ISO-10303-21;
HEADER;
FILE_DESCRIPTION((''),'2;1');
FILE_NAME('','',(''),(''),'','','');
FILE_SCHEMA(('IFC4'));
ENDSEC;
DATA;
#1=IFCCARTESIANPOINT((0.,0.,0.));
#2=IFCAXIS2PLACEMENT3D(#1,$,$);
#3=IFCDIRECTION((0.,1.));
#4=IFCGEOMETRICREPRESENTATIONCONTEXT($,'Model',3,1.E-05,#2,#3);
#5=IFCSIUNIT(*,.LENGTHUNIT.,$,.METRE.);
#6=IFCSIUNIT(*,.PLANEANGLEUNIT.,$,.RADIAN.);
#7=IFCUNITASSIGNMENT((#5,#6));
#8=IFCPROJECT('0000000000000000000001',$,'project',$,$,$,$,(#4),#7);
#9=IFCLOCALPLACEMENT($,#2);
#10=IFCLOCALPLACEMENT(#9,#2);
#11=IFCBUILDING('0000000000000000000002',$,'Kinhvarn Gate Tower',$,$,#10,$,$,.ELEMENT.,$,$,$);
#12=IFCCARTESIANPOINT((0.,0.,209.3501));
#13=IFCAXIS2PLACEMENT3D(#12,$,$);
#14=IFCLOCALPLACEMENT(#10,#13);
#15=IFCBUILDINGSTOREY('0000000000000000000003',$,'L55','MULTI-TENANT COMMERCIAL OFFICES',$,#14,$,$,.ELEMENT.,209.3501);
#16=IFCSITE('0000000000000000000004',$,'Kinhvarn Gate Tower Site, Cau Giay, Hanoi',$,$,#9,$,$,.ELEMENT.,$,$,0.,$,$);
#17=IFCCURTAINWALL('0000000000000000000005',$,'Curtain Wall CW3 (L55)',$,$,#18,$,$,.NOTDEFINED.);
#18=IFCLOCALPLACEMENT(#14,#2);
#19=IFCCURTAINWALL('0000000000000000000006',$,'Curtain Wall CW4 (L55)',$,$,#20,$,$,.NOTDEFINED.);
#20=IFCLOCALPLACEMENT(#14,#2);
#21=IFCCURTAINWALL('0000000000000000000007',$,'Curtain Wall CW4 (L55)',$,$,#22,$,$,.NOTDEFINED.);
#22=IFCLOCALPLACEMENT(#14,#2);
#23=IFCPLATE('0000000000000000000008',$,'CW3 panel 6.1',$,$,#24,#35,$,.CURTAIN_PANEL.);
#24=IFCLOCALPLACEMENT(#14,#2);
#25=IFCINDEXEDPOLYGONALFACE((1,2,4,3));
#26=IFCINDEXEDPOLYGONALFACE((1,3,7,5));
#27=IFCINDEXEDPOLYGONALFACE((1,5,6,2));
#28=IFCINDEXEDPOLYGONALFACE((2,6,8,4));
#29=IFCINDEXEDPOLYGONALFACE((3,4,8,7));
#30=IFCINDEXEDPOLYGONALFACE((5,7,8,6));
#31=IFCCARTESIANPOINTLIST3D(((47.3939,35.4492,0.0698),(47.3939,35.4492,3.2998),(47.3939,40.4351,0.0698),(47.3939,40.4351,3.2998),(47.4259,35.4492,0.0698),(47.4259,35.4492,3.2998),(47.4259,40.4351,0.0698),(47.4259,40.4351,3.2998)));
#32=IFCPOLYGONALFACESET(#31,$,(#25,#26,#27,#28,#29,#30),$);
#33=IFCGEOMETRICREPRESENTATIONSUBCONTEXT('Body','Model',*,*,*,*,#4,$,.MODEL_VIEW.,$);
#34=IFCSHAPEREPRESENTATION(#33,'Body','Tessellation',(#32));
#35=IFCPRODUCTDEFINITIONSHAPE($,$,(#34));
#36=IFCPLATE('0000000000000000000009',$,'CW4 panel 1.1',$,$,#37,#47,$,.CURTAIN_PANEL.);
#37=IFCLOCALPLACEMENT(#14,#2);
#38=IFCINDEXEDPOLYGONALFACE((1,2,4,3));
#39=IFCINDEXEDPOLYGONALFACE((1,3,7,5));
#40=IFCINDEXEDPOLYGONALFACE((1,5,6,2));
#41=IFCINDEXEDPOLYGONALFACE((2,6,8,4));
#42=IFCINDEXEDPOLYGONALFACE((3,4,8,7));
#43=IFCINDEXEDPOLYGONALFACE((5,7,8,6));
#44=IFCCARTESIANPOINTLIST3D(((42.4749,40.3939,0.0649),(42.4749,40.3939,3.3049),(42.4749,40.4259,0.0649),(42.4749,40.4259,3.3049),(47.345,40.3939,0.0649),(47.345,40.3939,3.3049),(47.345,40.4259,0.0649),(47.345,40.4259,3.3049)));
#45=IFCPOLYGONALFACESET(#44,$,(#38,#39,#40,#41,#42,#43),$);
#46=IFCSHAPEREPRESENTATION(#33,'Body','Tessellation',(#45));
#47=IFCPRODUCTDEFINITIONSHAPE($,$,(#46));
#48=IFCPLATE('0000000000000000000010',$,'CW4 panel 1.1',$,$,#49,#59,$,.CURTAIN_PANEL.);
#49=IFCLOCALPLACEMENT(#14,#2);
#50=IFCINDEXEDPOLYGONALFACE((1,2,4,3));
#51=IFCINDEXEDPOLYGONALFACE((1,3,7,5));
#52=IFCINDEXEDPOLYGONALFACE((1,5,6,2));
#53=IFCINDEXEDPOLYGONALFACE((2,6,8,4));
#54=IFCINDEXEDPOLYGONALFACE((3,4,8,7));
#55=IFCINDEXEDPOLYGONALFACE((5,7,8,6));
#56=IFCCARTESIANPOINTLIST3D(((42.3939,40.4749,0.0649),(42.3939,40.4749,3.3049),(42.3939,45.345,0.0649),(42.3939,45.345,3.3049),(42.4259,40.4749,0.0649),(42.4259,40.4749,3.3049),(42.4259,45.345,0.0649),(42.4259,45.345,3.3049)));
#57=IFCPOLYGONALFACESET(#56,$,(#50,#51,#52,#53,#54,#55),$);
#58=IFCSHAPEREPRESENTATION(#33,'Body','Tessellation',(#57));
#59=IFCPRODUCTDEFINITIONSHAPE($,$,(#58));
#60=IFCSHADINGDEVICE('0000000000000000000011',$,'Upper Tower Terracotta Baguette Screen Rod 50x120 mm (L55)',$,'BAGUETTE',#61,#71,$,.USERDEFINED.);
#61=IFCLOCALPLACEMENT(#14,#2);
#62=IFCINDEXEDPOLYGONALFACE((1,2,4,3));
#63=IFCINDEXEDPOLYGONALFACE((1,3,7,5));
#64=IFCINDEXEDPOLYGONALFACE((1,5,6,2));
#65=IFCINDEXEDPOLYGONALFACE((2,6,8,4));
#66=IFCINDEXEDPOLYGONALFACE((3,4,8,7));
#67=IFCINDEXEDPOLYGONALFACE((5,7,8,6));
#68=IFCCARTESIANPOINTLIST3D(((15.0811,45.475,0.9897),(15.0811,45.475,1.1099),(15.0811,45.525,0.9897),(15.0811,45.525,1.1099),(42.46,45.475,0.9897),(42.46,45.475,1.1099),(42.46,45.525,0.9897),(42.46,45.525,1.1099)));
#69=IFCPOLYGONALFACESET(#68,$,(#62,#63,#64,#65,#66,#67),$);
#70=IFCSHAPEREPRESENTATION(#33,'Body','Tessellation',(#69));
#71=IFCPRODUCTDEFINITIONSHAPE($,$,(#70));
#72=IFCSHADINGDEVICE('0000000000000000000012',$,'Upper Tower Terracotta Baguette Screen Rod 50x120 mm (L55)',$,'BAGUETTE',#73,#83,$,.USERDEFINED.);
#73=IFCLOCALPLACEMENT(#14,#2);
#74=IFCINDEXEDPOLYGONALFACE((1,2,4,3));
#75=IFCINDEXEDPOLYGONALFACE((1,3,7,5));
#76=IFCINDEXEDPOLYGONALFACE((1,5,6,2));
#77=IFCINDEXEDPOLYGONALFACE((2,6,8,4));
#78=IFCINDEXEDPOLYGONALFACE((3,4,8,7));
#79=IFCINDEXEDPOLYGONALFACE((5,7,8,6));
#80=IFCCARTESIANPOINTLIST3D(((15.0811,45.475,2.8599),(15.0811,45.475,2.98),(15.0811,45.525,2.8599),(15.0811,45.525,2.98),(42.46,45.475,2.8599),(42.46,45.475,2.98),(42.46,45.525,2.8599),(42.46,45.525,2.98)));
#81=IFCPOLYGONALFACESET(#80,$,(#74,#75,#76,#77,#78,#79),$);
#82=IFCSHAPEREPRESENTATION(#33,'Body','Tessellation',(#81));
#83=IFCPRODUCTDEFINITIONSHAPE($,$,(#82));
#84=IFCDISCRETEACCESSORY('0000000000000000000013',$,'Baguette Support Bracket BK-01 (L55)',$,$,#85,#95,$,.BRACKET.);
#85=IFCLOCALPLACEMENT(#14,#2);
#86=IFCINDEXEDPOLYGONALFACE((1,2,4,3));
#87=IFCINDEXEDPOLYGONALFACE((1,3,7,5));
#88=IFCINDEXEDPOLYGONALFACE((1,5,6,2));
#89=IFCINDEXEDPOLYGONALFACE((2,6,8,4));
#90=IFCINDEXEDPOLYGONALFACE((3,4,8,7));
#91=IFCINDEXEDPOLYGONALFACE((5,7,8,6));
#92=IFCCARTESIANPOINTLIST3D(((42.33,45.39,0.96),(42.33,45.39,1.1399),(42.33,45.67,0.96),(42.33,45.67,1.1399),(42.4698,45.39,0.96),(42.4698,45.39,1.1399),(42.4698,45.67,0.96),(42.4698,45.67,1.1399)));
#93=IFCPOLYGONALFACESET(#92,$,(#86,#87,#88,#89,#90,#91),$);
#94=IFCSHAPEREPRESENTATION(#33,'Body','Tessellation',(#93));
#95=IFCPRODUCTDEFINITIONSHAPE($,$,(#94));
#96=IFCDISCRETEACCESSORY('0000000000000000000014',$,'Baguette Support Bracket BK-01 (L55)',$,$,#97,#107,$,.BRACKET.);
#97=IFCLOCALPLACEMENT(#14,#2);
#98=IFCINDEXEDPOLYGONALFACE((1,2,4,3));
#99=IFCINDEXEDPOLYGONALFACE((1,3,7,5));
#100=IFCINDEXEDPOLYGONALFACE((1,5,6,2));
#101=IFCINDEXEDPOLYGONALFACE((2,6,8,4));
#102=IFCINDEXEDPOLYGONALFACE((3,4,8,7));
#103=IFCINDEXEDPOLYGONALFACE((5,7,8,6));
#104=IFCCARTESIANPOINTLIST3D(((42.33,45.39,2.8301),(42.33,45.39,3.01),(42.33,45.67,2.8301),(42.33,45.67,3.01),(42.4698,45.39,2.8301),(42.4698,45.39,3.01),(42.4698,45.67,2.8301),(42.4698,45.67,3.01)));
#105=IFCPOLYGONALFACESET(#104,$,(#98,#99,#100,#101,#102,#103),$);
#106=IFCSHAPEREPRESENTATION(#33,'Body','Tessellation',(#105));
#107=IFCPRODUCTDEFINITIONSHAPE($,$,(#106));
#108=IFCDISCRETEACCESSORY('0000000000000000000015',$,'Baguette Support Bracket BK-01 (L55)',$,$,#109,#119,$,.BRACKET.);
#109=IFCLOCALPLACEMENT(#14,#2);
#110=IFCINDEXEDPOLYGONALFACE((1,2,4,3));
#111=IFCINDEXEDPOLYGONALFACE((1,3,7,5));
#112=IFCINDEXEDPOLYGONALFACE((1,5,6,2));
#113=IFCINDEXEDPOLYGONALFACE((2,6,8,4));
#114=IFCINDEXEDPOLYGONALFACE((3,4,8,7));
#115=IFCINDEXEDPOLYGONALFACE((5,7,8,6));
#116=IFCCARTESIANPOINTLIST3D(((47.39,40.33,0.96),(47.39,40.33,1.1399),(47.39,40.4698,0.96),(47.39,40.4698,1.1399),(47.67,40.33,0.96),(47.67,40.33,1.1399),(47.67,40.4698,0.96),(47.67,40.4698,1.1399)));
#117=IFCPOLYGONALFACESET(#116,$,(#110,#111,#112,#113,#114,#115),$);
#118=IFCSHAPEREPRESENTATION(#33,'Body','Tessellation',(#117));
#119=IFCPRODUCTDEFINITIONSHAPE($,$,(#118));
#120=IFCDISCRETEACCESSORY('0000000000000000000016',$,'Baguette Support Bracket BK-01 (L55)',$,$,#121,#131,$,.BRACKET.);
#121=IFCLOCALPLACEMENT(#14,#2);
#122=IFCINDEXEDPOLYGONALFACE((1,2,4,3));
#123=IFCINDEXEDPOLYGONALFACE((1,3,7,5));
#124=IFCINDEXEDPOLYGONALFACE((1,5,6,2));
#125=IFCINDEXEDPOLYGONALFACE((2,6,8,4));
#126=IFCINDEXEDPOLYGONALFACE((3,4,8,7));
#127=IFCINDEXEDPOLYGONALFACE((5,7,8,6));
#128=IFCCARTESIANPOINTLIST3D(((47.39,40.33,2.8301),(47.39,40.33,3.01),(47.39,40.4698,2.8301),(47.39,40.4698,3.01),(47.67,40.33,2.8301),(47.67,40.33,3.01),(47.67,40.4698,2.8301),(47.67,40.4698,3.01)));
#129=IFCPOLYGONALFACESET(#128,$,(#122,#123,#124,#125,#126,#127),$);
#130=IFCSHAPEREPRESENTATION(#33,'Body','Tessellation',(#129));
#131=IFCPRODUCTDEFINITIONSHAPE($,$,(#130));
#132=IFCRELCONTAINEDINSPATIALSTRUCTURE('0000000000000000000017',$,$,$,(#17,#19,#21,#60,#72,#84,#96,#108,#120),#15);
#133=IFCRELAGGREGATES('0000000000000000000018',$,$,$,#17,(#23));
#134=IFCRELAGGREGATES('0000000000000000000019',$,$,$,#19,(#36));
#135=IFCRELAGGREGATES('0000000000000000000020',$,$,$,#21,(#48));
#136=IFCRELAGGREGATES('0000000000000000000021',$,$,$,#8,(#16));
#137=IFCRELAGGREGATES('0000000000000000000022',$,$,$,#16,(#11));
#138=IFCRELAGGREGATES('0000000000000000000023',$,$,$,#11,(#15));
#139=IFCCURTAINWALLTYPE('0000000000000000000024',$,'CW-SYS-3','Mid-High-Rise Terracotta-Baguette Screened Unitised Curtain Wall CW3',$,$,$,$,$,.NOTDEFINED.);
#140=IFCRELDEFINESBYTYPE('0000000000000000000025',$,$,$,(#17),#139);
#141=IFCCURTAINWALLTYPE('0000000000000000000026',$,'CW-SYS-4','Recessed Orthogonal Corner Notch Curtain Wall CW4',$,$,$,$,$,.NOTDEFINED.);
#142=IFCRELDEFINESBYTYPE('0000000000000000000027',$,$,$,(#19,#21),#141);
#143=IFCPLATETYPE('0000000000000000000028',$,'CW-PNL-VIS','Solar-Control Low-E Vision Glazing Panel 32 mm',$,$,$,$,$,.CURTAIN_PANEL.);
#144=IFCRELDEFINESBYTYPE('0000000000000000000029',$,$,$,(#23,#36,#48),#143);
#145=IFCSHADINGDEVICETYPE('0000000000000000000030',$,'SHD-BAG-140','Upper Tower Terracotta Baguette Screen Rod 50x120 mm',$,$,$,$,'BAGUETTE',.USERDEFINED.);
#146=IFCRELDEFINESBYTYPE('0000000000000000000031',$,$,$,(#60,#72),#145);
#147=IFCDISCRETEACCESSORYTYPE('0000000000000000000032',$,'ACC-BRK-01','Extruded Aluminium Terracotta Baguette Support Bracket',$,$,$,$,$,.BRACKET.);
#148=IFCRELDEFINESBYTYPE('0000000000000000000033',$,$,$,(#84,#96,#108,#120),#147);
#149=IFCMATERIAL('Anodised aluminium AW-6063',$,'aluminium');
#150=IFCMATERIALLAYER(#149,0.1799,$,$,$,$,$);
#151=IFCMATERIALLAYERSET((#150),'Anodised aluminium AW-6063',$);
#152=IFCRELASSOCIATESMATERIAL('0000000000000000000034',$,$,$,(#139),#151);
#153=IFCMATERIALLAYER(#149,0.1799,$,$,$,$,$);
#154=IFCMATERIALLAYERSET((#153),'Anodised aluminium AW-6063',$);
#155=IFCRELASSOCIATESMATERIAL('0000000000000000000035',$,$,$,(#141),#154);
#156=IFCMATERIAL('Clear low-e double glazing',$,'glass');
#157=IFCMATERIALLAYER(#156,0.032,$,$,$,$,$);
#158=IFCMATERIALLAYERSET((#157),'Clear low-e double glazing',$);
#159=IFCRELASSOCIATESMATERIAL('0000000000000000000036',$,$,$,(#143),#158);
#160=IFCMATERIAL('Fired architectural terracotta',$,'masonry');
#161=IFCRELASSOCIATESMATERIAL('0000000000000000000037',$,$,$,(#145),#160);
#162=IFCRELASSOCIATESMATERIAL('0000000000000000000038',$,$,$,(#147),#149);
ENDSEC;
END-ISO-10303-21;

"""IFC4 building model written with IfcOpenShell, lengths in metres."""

from ifc_helpers import new_model, si_unit, direction, frame, origin, origin_2d, place, context, subcontext, project, spatial, rectangle, extrude, material, layer, layer_set, material_profile, profile_set, type_object, element, aggregate, save


model = new_model("IFC4")

# Units and contexts
model_context = context("Model", 3, precision=1e-05, world=origin(), true_north=direction((0.0, 1.0)))
body_context = subcontext(model_context, "Body", "Model", "MODEL_VIEW")
ifc_project = project(units=[si_unit("LENGTHUNIT", "METRE"), si_unit("PLANEANGLEUNIT", "RADIAN")], contexts=[model_context])

# Site, building, storey
site_placement = place(None, origin())
site = spatial("IfcSite", under=ifc_project, at=site_placement, Name="Kinhvarn Gate Tower Site, Cau Giay, Hanoi", CompositionType="ELEMENT", RefElevation=0.0)
building_placement = place(site_placement, origin())
building = spatial("IfcBuilding", under=site, at=building_placement, Name="Kinhvarn Gate Tower", CompositionType="ELEMENT")
storey_placement = place(building_placement, frame((0.0, 0.0, 209.3501)))
storey = spatial("IfcBuildingStorey", under=building, at=storey_placement, Name="L55", Description="MULTI-TENANT COMMERCIAL OFFICES", CompositionType="ELEMENT", Elevation=209.3501)

# Curtain wall
ifc_material_1 = material(Name="Anodised aluminium AW-6063", Category="aluminium")
ifc_layer_1 = layer(ifc_material_1, 0.1799)
ifc_layer_set_1 = layer_set([ifc_layer_1], Name="Anodised aluminium AW-6063")
curtain_wall_type_1 = type_object("IfcCurtainWallType", Name="CW-SYS-3", Description="Mid-High-Rise Terracotta-Baguette Screened Unitised Curtain Wall CW3", PredefinedType="NOTDEFINED", material=ifc_layer_set_1)
curtain_wall_1_placement = place(storey_placement, origin())
curtain_wall_1 = element("IfcCurtainWall", 1, at=curtain_wall_1_placement, inside=storey, type_object=curtain_wall_type_1, Name="Curtain Wall CW3 (L55)", PredefinedType="NOTDEFINED")

# Curtain walls
ifc_layer_2 = layer(ifc_material_1, 0.1799)
ifc_layer_set_2 = layer_set([ifc_layer_2], Name="Anodised aluminium AW-6063")
curtain_wall_type_2 = type_object("IfcCurtainWallType", Name="CW-SYS-4", Description="Recessed Orthogonal Corner Notch Curtain Wall CW4", PredefinedType="NOTDEFINED", material=ifc_layer_set_2)
curtain_wall_2_placement = place(storey_placement, origin())
curtain_wall_2 = element("IfcCurtainWall", 2, at=curtain_wall_2_placement, inside=storey, type_object=curtain_wall_type_2, Name="Curtain Wall CW4 (L55)", PredefinedType="NOTDEFINED")
curtain_wall_3_placement = place(storey_placement, origin())
curtain_wall_3 = element("IfcCurtainWall", 3, at=curtain_wall_3_placement, inside=storey, type_object=curtain_wall_type_2, Name="Curtain Wall CW4 (L55)", PredefinedType="NOTDEFINED")

# Plates
ifc_material_2 = material(Name="Clear low-e double glazing", Category="glass")
ifc_layer_3 = layer(ifc_material_2, 0.032)
ifc_layer_set_3 = layer_set([ifc_layer_3], Name="Clear low-e double glazing")
plate_type = type_object("IfcPlateType", Name="CW-PNL-VIS", Description="Solar-Control Low-E Vision Glazing Panel 32 mm", PredefinedType="CURTAIN_PANEL", material=ifc_layer_set_3)
plate_1_placement = place(storey_placement, frame((47.4099, 37.9421, 0.0698), z_axis=(0.0, 0.0, 1.0), x_axis=(0.0, 1.0, 0.0)))
plate_1 = element("IfcPlate", 4, at=plate_1_placement, type_object=plate_type, Name="CW3 panel 6.1", PredefinedType="CURTAIN_PANEL", context=body_context, shape_type="SweptSolid", body=[
    extrude(rectangle(XDim=4.9858, YDim=0.032, at=origin_2d()), origin(), (0.0, 0.0, 1.0), 3.23),
])
aggregate(curtain_wall_1, [plate_1])
plate_2_placement = place(storey_placement, frame((44.9099, 40.4099, 0.0649), z_axis=(0.0, 0.0, 1.0), x_axis=(-1.0, 0.0, 0.0)))
plate_2 = element("IfcPlate", 5, at=plate_2_placement, type_object=plate_type, Name="CW4 panel 1.1", PredefinedType="CURTAIN_PANEL", context=body_context, shape_type="SweptSolid", body=[
    extrude(rectangle(XDim=4.8701, YDim=0.032, at=origin_2d()), origin(), (0.0, 0.0, 1.0), 3.24),
])
aggregate(curtain_wall_2, [plate_2])
plate_3_placement = place(storey_placement, frame((42.4099, 42.9099, 0.0649), z_axis=(0.0, 0.0, 1.0), x_axis=(0.0, 1.0, 0.0)))
plate_3 = element("IfcPlate", 6, at=plate_3_placement, type_object=plate_type, Name="CW4 panel 1.1", PredefinedType="CURTAIN_PANEL", context=body_context, shape_type="SweptSolid", body=[
    extrude(rectangle(XDim=4.8701, YDim=0.032, at=origin_2d()), origin(), (0.0, 0.0, 1.0), 3.24),
])
aggregate(curtain_wall_3, [plate_3])

# Shading devices
ifc_material_3 = material(Name="Fired architectural terracotta", Category="masonry")
ifc_material_profile_1 = material_profile(ifc_material_3, rectangle(XDim=0.05, YDim=0.1201, at=origin_2d()), Name="TC 50x120")
ifc_profile_set_1 = profile_set([ifc_material_profile_1], Name="Fired architectural terracotta")
shading_device_type = type_object("IfcShadingDeviceType", Name="SHD-BAG-140", Description="Upper Tower Terracotta Baguette Screen Rod 50x120 mm", ElementType="BAGUETTE", PredefinedType="USERDEFINED", material=ifc_profile_set_1)
for number, where, z_axis, x_axis, name in (
    (7, (42.46, 45.5, 1.0498), (-1.0, 0.0, 0.0), (0.0, -1.0, 0.0), "Upper Tower Terracotta Baguette Screen Rod 50x120 mm (L55)"),
    (8, (42.46, 45.5, 2.9199), (-1.0, 0.0, 0.0), (0.0, -1.0, 0.0), "Upper Tower Terracotta Baguette Screen Rod 50x120 mm (L55)"),
):
    element("IfcShadingDevice", number, at=place(storey_placement, frame(where, z_axis=z_axis, x_axis=x_axis)), inside=storey, type_object=shading_device_type, Name=name, ObjectType="BAGUETTE", PredefinedType="USERDEFINED", context=body_context, shape_type="SweptSolid", body=[
        extrude(rectangle(XDim=0.05, YDim=0.1201, at=origin_2d()), origin(), (0.0, 0.0, 1.0), 27.3789),
    ])

# Discrete accessories
discrete_accessory_type = type_object("IfcDiscreteAccessoryType", Name="ACC-BRK-01", Description="Extruded Aluminium Terracotta Baguette Support Bracket", PredefinedType="BRACKET", material=ifc_material_1)
for number, where, z_axis, x_axis, name in (
    (9, (42.3999, 45.53, 0.96), (0.0, 0.0, 1.0), (-1.0, 0.0, 0.0), "Baguette Support Bracket BK-01 (L55)"),
    (10, (42.3999, 45.53, 2.8301), (0.0, 0.0, 1.0), (-1.0, 0.0, 0.0), "Baguette Support Bracket BK-01 (L55)"),
    (11, (47.53, 40.3999, 0.96), (0.0, 0.0, 1.0), (0.0, 1.0, 0.0), "Baguette Support Bracket BK-01 (L55)"),
    (12, (47.53, 40.3999, 2.8301), (0.0, 0.0, 1.0), (0.0, 1.0, 0.0), "Baguette Support Bracket BK-01 (L55)"),
):
    element("IfcDiscreteAccessory", number, at=place(storey_placement, frame(where, z_axis=z_axis, x_axis=x_axis)), inside=storey, type_object=discrete_accessory_type, Name=name, PredefinedType="BRACKET", context=body_context, shape_type="SweptSolid", body=[
        extrude(rectangle(XDim=0.1399, YDim=0.28, at=origin_2d()), origin(), (0.0, 0.0, 1.0), 0.1799),
    ])

save(model, "model.ifc")
